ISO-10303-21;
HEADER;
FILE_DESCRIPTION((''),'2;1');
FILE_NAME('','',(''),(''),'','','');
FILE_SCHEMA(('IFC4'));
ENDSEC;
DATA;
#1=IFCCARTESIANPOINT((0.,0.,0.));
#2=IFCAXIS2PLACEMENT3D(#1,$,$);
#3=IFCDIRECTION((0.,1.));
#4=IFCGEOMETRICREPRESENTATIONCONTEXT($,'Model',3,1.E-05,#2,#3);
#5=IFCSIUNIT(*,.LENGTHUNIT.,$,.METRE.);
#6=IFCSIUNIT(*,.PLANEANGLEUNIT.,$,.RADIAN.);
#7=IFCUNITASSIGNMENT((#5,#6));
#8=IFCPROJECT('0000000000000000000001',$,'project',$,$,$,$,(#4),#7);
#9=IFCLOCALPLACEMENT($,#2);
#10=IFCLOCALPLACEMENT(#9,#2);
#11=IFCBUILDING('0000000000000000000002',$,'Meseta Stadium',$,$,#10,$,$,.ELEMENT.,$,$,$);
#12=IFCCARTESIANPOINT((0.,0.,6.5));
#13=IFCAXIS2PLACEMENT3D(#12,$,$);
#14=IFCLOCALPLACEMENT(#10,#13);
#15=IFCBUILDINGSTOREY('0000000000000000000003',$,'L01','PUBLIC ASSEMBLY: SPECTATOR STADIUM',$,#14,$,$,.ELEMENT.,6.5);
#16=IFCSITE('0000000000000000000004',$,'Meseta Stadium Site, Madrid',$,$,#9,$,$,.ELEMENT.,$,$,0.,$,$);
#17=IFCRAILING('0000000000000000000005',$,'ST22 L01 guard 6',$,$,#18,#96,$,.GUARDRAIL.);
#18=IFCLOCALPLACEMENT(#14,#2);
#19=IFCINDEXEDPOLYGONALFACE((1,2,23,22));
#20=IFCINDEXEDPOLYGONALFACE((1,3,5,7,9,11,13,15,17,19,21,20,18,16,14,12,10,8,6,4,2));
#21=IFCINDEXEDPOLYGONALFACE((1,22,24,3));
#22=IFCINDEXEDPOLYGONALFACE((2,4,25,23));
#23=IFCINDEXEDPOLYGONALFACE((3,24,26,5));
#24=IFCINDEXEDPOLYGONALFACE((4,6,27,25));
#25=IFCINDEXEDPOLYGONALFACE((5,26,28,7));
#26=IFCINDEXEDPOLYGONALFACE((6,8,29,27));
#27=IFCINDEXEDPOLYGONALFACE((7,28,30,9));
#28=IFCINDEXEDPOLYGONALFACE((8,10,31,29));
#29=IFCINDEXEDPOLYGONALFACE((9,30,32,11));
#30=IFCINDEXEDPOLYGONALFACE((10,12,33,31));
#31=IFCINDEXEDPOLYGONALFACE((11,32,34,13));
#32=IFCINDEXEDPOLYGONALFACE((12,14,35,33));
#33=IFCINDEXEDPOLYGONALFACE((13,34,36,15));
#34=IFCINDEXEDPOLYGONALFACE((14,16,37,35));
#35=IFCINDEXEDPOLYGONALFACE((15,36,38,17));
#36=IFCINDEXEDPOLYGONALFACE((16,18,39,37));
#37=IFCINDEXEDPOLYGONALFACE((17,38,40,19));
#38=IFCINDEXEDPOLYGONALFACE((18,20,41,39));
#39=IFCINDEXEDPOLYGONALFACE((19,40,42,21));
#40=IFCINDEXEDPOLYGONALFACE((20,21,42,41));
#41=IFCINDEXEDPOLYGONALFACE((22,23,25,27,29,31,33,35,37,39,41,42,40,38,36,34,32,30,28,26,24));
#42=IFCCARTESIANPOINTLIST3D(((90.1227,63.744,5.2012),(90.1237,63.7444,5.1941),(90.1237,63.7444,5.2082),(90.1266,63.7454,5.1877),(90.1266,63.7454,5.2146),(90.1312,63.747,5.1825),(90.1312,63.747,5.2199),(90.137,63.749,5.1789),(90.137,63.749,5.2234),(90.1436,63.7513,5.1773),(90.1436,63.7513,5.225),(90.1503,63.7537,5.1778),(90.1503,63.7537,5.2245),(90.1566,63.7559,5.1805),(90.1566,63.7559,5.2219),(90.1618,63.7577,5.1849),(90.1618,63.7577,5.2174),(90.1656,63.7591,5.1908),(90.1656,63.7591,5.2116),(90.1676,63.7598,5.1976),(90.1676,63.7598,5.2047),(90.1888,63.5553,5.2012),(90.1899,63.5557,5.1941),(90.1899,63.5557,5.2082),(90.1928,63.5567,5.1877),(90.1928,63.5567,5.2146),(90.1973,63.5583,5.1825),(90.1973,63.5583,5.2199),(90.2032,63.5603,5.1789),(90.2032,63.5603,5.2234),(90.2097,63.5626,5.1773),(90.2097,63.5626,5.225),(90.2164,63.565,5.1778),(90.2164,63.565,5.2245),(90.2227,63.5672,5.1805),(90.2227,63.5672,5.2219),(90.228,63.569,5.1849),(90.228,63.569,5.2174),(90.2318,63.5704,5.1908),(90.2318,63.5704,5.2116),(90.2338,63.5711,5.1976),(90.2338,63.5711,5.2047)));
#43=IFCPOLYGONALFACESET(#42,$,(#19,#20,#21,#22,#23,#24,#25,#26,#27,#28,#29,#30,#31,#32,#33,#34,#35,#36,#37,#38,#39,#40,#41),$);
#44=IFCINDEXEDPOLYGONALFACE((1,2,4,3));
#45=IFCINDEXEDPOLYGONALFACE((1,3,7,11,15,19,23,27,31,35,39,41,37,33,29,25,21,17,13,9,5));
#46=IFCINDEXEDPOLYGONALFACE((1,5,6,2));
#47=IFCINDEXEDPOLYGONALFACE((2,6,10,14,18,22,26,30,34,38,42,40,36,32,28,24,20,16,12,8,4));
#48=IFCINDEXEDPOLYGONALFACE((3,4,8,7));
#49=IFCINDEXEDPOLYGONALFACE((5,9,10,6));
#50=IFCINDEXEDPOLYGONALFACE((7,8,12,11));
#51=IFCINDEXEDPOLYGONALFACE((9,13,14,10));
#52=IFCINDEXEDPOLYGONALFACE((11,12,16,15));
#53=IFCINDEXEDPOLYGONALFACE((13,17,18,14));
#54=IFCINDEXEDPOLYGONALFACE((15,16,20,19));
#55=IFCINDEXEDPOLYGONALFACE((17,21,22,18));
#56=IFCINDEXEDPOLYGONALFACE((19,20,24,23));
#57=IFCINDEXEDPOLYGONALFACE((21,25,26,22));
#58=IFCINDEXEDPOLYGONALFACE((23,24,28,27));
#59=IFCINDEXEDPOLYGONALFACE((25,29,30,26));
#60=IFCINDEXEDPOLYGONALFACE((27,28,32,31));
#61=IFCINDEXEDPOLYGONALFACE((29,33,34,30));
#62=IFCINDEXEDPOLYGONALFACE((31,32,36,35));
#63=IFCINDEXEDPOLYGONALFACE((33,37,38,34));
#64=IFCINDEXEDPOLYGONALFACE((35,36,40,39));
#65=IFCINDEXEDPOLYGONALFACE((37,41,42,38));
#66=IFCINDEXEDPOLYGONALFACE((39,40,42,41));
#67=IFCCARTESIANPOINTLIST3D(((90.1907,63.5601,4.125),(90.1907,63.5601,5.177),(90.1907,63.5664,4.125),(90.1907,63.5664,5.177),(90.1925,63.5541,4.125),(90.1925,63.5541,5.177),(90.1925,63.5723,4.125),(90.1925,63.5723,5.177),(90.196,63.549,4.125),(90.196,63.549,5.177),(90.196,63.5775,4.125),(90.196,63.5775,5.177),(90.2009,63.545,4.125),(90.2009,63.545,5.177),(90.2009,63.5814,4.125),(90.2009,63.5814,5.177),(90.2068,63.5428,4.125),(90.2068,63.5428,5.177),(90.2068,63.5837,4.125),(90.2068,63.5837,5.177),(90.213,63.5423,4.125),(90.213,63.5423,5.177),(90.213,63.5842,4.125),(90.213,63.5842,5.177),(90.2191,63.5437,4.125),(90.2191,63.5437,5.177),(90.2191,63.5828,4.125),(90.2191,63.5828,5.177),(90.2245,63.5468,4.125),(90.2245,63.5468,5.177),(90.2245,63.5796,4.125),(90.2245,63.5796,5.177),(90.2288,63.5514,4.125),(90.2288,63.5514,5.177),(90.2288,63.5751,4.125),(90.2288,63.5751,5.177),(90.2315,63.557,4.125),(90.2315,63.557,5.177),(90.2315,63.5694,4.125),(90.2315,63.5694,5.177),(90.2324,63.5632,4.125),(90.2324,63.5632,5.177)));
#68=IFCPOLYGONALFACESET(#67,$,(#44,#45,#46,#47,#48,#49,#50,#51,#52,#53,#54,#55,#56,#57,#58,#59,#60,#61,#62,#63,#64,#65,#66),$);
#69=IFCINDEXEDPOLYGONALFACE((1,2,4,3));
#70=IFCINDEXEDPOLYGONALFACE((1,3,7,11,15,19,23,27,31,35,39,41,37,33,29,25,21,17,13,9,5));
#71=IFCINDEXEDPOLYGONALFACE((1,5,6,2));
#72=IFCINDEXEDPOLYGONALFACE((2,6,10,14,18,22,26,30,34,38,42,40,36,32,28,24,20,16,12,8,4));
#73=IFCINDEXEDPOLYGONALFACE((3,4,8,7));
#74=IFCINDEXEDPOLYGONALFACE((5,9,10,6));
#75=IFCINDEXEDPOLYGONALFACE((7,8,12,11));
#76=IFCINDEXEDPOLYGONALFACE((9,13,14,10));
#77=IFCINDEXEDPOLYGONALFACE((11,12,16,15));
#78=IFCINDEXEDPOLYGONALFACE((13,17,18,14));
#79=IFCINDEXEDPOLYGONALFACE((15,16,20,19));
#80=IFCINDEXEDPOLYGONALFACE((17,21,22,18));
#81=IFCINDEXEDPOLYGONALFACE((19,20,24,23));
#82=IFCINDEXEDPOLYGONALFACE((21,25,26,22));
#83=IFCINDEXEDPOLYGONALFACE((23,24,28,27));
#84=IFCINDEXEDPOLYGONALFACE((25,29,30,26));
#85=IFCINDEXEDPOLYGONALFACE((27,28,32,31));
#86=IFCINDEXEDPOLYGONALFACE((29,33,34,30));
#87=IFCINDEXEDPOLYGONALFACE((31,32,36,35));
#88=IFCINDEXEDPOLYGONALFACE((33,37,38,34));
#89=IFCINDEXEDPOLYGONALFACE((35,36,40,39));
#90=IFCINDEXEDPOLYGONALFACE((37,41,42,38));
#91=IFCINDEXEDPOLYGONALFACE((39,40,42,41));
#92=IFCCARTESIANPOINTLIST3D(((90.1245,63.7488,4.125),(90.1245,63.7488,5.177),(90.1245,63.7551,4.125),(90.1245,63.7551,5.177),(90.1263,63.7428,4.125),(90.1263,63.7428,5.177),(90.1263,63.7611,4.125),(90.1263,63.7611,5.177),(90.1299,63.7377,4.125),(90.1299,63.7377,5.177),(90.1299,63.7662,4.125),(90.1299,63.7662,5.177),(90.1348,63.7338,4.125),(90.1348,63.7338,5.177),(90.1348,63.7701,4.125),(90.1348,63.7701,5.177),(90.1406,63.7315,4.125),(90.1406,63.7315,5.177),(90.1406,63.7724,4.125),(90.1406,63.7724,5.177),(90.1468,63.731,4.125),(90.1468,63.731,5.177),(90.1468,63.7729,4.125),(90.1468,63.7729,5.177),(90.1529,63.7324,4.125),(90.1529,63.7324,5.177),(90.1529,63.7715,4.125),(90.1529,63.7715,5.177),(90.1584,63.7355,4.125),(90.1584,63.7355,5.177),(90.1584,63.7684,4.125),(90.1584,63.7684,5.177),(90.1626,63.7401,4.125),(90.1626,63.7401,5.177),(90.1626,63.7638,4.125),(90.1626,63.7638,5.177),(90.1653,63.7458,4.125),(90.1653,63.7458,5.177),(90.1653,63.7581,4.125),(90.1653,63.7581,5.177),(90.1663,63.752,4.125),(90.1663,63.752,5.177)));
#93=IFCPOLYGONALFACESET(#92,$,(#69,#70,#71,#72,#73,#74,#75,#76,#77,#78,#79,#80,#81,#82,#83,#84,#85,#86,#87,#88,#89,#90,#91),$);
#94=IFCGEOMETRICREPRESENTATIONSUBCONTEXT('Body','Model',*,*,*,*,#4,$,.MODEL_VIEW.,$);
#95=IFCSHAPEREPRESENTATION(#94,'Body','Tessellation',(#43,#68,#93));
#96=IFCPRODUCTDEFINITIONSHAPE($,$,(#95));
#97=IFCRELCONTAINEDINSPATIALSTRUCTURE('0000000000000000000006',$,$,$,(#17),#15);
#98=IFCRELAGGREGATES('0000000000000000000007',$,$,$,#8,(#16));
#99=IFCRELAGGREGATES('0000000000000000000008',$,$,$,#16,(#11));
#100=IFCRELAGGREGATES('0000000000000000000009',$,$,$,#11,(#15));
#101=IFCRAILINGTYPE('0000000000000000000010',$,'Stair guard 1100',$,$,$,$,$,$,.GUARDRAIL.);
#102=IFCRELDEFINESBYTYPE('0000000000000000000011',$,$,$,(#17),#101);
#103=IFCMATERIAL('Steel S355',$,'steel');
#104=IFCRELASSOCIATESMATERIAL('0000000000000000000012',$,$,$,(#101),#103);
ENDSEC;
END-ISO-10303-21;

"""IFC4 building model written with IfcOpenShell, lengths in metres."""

from ifc_helpers import new_model, si_unit, direction, frame, origin, origin_2d, place, context, subcontext, project, spatial, circle, extrude, material, type_object, element, save


model = new_model("IFC4")

# Units and contexts
model_context = context("Model", 3, precision=1e-05, world=origin(), true_north=direction((0.0, 1.0)))
body_context = subcontext(model_context, "Body", "Model", "MODEL_VIEW")
ifc_project = project(units=[si_unit("LENGTHUNIT", "METRE"), si_unit("PLANEANGLEUNIT", "RADIAN")], contexts=[model_context])

# Site, building, storey
site_placement = place(None, origin())
site = spatial("IfcSite", under=ifc_project, at=site_placement, Name="Meseta Stadium Site, Madrid", CompositionType="ELEMENT", RefElevation=0.0)
building_placement = place(site_placement, origin())
building = spatial("IfcBuilding", under=site, at=building_placement, Name="Meseta Stadium", CompositionType="ELEMENT")
storey_placement = place(building_placement, frame((0.0, 0.0, 6.5)))
storey = spatial("IfcBuildingStorey", under=building, at=storey_placement, Name="L01", Description="PUBLIC ASSEMBLY: SPECTATOR STADIUM", CompositionType="ELEMENT", Elevation=6.5)

# Railing
ifc_material_1 = material(Name="Steel S355", Category="steel")
railing_type_1 = type_object("IfcRailingType", Name="Stair guard 1100", PredefinedType="GUARDRAIL", material=ifc_material_1)
railing_1_placement = place(storey_placement, frame((90.2114, 63.5632, 4.125)))
element("IfcRailing", 1, at=railing_1_placement, inside=storey, type_object=railing_type_1, Name="ST22 L01 guard 6", PredefinedType="GUARDRAIL", context=body_context, shape_type="SweptSolid", body=[
    extrude(circle(Radius=0.0239, at=origin_2d()), frame((0.0, 0.0, 1.0762), z_axis=(-0.33084, 0.943687, 0.0), x_axis=(-0.943687, -0.33084, 0.0)), (0.0, 0.0, 1.0), 0.2),
    extrude(circle(Radius=0.021, at=origin_2d()), origin(), (0.0, 0.0, 1.0), 1.052),
    extrude(circle(Radius=0.021, at=origin_2d()), frame((-0.0662, 0.1887, 0.0)), (0.0, 0.0, 1.0), 1.052),
])

save(model, "model.ifc")
